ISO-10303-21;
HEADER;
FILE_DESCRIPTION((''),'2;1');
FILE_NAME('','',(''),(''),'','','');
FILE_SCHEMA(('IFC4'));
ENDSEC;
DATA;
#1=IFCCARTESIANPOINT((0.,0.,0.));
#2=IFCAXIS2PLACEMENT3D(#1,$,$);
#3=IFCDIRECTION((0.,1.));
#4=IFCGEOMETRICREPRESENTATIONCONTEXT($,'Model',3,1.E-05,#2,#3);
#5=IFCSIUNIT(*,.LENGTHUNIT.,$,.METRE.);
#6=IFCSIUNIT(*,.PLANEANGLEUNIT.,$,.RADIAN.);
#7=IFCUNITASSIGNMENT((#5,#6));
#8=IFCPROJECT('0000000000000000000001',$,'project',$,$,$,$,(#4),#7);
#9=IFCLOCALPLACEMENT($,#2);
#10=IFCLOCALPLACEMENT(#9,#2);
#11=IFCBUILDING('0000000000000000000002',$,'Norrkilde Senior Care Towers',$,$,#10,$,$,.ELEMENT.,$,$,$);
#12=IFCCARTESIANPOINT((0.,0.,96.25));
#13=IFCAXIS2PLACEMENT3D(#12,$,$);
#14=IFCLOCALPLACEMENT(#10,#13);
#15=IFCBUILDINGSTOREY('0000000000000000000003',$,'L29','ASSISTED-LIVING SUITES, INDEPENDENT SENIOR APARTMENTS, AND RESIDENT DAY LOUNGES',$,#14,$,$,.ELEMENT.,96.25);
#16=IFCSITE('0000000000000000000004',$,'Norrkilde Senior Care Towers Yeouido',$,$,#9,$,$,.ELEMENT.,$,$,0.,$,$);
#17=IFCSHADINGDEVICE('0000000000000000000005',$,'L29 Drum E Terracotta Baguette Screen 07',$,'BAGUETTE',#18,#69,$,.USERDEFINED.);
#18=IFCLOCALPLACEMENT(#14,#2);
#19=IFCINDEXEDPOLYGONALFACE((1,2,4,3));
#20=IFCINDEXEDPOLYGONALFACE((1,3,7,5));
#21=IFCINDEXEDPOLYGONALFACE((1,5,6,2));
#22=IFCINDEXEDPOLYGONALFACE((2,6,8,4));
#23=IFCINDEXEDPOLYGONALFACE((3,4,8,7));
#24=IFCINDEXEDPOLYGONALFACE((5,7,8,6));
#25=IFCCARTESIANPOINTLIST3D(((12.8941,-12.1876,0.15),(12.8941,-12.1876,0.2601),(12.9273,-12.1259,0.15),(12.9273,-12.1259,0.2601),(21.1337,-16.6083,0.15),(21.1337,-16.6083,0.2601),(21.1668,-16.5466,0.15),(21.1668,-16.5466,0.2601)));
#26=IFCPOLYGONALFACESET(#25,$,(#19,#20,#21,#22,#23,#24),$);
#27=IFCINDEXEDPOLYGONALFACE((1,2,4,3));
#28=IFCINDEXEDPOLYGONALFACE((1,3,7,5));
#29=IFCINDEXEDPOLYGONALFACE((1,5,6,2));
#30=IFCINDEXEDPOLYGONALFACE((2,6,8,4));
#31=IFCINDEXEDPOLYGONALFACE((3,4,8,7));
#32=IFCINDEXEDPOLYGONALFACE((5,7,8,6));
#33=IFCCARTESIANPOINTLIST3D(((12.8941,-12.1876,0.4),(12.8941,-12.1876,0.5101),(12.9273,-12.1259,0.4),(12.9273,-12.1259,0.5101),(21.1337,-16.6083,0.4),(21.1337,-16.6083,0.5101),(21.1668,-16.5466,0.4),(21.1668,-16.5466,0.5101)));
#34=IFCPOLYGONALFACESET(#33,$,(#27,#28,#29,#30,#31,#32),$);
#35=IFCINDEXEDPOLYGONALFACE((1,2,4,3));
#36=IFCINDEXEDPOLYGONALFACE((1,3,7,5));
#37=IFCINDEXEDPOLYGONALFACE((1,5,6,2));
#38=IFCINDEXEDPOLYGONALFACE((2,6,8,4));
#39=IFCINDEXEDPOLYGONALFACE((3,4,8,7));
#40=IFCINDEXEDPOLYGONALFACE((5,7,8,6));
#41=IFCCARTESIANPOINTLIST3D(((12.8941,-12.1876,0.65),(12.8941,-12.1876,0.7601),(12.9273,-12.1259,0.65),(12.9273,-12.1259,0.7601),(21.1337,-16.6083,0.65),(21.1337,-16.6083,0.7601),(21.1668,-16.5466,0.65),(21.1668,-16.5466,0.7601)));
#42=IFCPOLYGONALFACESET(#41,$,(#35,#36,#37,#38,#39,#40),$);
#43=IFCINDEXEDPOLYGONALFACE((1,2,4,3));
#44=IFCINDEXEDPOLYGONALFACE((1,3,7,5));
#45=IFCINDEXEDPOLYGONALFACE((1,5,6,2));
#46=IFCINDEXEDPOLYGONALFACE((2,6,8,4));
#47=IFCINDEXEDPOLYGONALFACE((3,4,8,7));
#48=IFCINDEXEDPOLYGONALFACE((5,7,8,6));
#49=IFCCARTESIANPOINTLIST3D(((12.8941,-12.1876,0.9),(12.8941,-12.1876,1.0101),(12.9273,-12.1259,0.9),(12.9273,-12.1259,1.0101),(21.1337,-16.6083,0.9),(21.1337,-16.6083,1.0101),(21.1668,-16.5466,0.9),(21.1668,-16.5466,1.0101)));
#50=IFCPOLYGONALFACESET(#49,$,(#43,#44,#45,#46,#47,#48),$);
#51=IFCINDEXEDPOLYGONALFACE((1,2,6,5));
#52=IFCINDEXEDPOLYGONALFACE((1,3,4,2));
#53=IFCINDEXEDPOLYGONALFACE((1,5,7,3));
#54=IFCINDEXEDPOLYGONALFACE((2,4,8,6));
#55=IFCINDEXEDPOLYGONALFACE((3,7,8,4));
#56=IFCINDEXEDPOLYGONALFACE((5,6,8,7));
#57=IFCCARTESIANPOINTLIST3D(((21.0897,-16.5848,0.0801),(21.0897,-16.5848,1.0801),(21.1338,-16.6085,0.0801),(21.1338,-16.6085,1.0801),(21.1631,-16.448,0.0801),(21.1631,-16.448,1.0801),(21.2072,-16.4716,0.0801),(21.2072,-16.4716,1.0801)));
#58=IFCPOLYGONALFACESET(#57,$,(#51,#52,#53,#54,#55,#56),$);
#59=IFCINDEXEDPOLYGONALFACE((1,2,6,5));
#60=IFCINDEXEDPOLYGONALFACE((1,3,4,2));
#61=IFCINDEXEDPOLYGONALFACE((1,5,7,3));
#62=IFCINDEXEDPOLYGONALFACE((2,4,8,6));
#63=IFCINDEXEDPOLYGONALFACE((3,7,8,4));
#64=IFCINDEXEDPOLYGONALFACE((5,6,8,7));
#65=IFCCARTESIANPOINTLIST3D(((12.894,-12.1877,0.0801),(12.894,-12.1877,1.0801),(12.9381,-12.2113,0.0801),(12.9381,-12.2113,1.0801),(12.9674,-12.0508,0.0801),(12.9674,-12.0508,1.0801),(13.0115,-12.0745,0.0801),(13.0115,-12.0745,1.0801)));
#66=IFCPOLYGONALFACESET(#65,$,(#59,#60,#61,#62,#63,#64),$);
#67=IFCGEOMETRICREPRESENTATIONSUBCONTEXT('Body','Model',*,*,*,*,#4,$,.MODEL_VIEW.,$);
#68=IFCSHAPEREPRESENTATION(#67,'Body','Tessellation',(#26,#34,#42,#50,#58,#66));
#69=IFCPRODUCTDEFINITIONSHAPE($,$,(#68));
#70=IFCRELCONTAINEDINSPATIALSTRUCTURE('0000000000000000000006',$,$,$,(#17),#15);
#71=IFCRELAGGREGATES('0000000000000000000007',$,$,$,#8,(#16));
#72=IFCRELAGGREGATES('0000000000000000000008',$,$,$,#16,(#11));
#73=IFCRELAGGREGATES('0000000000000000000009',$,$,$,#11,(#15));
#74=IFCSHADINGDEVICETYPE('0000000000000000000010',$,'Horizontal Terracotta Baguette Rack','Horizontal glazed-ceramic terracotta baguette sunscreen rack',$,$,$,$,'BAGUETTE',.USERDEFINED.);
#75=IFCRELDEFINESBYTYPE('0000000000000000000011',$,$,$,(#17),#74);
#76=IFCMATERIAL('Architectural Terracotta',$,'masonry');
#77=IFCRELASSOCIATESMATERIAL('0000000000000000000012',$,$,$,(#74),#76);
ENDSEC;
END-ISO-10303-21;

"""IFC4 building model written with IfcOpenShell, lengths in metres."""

from ifc_helpers import new_model, si_unit, direction, frame, origin, origin_2d, place, context, subcontext, project, spatial, rectangle, extrude, source, transform, mapped, material, type_object, type_shapes, element, save


model = new_model("IFC4")

# Units and contexts
model_context = context("Model", 3, precision=1e-05, world=origin(), true_north=direction((0.0, 1.0)))
body_context = subcontext(model_context, "Body", "Model", "MODEL_VIEW")
ifc_project = project(units=[si_unit("LENGTHUNIT", "METRE"), si_unit("PLANEANGLEUNIT", "RADIAN")], contexts=[model_context])

# Site, building, storey
site_placement = place(None, origin())
site = spatial("IfcSite", under=ifc_project, at=site_placement, Name="Norrkilde Senior Care Towers Yeouido", CompositionType="ELEMENT", RefElevation=0.0)
building_placement = place(site_placement, origin())
building = spatial("IfcBuilding", under=site, at=building_placement, Name="Norrkilde Senior Care Towers", CompositionType="ELEMENT")
storey_placement = place(building_placement, frame((0.0, 0.0, 96.25)))
storey = spatial("IfcBuildingStorey", under=building, at=storey_placement, Name="L29", Description="ASSISTED-LIVING SUITES, INDEPENDENT SENIOR APARTMENTS, AND RESIDENT DAY LOUNGES", CompositionType="ELEMENT", Elevation=96.25)

# Shading device
ifc_material_1 = material(Name="Architectural Terracotta", Category="masonry")
shading_device_type = type_object("IfcShadingDeviceType", Name="Horizontal Terracotta Baguette Rack", Description="Horizontal glazed-ceramic terracotta baguette sunscreen rack", ElementType="BAGUETTE", PredefinedType="USERDEFINED", material=ifc_material_1)
shared_shape_1 = source(origin(), body_context, "Body", "SweptSolid", [
    extrude(rectangle(XDim=0.0701, YDim=0.1101, at=origin_2d()), frame((0.0, 0.0901, 0.125), z_axis=(1.0, 0.0, 0.0), x_axis=(0.0, 1.0, 0.0)), (0.0, 0.0, 1.0), 9.3506),
    extrude(rectangle(XDim=0.0701, YDim=0.1101, at=origin_2d()), frame((0.0, 0.0901, 0.375), z_axis=(1.0, 0.0, 0.0), x_axis=(0.0, 1.0, 0.0)), (0.0, 0.0, 1.0), 9.3506),
    extrude(rectangle(XDim=0.0701, YDim=0.1101, at=origin_2d()), frame((0.0, 0.0901, 0.625), z_axis=(1.0, 0.0, 0.0), x_axis=(0.0, 1.0, 0.0)), (0.0, 0.0, 1.0), 9.3506),
    extrude(rectangle(XDim=0.0701, YDim=0.1101, at=origin_2d()), frame((0.0, 0.0901, 0.875), z_axis=(1.0, 0.0, 0.0), x_axis=(0.0, 1.0, 0.0)), (0.0, 0.0, 1.0), 9.3506),
    extrude(rectangle(XDim=0.05, YDim=0.1553, at=origin_2d()), frame((0.0249, 0.0476, 0.0)), (0.0, 0.0, 1.0), 1.0),
    extrude(rectangle(XDim=0.05, YDim=0.1553, at=origin_2d()), frame((9.3257, 0.0476, 0.0)), (0.0, 0.0, 1.0), 1.0),
])
type_shapes(shading_device_type, [shared_shape_1])
shading_device_placement = place(storey_placement, frame((21.1929, -16.498, 0.0801), z_axis=(0.0, 0.0, 1.0), x_axis=(-0.881175, 0.472768, 0.0)))
element("IfcShadingDevice", 1, at=shading_device_placement, inside=storey, type_object=shading_device_type, Name="L29 Drum E Terracotta Baguette Screen 07", ObjectType="BAGUETTE", PredefinedType="USERDEFINED", context=body_context, shape_type="MappedRepresentation", body=[
    mapped(shared_shape_1, transform((0.0, 0.0, 0.0), x_axis=(1.0, 0.0, 0.0), y_axis=(0.0, 1.0, 0.0), z_axis=(0.0, 0.0, 1.0), scale=1.0)),
])

save(model, "model.ifc")
